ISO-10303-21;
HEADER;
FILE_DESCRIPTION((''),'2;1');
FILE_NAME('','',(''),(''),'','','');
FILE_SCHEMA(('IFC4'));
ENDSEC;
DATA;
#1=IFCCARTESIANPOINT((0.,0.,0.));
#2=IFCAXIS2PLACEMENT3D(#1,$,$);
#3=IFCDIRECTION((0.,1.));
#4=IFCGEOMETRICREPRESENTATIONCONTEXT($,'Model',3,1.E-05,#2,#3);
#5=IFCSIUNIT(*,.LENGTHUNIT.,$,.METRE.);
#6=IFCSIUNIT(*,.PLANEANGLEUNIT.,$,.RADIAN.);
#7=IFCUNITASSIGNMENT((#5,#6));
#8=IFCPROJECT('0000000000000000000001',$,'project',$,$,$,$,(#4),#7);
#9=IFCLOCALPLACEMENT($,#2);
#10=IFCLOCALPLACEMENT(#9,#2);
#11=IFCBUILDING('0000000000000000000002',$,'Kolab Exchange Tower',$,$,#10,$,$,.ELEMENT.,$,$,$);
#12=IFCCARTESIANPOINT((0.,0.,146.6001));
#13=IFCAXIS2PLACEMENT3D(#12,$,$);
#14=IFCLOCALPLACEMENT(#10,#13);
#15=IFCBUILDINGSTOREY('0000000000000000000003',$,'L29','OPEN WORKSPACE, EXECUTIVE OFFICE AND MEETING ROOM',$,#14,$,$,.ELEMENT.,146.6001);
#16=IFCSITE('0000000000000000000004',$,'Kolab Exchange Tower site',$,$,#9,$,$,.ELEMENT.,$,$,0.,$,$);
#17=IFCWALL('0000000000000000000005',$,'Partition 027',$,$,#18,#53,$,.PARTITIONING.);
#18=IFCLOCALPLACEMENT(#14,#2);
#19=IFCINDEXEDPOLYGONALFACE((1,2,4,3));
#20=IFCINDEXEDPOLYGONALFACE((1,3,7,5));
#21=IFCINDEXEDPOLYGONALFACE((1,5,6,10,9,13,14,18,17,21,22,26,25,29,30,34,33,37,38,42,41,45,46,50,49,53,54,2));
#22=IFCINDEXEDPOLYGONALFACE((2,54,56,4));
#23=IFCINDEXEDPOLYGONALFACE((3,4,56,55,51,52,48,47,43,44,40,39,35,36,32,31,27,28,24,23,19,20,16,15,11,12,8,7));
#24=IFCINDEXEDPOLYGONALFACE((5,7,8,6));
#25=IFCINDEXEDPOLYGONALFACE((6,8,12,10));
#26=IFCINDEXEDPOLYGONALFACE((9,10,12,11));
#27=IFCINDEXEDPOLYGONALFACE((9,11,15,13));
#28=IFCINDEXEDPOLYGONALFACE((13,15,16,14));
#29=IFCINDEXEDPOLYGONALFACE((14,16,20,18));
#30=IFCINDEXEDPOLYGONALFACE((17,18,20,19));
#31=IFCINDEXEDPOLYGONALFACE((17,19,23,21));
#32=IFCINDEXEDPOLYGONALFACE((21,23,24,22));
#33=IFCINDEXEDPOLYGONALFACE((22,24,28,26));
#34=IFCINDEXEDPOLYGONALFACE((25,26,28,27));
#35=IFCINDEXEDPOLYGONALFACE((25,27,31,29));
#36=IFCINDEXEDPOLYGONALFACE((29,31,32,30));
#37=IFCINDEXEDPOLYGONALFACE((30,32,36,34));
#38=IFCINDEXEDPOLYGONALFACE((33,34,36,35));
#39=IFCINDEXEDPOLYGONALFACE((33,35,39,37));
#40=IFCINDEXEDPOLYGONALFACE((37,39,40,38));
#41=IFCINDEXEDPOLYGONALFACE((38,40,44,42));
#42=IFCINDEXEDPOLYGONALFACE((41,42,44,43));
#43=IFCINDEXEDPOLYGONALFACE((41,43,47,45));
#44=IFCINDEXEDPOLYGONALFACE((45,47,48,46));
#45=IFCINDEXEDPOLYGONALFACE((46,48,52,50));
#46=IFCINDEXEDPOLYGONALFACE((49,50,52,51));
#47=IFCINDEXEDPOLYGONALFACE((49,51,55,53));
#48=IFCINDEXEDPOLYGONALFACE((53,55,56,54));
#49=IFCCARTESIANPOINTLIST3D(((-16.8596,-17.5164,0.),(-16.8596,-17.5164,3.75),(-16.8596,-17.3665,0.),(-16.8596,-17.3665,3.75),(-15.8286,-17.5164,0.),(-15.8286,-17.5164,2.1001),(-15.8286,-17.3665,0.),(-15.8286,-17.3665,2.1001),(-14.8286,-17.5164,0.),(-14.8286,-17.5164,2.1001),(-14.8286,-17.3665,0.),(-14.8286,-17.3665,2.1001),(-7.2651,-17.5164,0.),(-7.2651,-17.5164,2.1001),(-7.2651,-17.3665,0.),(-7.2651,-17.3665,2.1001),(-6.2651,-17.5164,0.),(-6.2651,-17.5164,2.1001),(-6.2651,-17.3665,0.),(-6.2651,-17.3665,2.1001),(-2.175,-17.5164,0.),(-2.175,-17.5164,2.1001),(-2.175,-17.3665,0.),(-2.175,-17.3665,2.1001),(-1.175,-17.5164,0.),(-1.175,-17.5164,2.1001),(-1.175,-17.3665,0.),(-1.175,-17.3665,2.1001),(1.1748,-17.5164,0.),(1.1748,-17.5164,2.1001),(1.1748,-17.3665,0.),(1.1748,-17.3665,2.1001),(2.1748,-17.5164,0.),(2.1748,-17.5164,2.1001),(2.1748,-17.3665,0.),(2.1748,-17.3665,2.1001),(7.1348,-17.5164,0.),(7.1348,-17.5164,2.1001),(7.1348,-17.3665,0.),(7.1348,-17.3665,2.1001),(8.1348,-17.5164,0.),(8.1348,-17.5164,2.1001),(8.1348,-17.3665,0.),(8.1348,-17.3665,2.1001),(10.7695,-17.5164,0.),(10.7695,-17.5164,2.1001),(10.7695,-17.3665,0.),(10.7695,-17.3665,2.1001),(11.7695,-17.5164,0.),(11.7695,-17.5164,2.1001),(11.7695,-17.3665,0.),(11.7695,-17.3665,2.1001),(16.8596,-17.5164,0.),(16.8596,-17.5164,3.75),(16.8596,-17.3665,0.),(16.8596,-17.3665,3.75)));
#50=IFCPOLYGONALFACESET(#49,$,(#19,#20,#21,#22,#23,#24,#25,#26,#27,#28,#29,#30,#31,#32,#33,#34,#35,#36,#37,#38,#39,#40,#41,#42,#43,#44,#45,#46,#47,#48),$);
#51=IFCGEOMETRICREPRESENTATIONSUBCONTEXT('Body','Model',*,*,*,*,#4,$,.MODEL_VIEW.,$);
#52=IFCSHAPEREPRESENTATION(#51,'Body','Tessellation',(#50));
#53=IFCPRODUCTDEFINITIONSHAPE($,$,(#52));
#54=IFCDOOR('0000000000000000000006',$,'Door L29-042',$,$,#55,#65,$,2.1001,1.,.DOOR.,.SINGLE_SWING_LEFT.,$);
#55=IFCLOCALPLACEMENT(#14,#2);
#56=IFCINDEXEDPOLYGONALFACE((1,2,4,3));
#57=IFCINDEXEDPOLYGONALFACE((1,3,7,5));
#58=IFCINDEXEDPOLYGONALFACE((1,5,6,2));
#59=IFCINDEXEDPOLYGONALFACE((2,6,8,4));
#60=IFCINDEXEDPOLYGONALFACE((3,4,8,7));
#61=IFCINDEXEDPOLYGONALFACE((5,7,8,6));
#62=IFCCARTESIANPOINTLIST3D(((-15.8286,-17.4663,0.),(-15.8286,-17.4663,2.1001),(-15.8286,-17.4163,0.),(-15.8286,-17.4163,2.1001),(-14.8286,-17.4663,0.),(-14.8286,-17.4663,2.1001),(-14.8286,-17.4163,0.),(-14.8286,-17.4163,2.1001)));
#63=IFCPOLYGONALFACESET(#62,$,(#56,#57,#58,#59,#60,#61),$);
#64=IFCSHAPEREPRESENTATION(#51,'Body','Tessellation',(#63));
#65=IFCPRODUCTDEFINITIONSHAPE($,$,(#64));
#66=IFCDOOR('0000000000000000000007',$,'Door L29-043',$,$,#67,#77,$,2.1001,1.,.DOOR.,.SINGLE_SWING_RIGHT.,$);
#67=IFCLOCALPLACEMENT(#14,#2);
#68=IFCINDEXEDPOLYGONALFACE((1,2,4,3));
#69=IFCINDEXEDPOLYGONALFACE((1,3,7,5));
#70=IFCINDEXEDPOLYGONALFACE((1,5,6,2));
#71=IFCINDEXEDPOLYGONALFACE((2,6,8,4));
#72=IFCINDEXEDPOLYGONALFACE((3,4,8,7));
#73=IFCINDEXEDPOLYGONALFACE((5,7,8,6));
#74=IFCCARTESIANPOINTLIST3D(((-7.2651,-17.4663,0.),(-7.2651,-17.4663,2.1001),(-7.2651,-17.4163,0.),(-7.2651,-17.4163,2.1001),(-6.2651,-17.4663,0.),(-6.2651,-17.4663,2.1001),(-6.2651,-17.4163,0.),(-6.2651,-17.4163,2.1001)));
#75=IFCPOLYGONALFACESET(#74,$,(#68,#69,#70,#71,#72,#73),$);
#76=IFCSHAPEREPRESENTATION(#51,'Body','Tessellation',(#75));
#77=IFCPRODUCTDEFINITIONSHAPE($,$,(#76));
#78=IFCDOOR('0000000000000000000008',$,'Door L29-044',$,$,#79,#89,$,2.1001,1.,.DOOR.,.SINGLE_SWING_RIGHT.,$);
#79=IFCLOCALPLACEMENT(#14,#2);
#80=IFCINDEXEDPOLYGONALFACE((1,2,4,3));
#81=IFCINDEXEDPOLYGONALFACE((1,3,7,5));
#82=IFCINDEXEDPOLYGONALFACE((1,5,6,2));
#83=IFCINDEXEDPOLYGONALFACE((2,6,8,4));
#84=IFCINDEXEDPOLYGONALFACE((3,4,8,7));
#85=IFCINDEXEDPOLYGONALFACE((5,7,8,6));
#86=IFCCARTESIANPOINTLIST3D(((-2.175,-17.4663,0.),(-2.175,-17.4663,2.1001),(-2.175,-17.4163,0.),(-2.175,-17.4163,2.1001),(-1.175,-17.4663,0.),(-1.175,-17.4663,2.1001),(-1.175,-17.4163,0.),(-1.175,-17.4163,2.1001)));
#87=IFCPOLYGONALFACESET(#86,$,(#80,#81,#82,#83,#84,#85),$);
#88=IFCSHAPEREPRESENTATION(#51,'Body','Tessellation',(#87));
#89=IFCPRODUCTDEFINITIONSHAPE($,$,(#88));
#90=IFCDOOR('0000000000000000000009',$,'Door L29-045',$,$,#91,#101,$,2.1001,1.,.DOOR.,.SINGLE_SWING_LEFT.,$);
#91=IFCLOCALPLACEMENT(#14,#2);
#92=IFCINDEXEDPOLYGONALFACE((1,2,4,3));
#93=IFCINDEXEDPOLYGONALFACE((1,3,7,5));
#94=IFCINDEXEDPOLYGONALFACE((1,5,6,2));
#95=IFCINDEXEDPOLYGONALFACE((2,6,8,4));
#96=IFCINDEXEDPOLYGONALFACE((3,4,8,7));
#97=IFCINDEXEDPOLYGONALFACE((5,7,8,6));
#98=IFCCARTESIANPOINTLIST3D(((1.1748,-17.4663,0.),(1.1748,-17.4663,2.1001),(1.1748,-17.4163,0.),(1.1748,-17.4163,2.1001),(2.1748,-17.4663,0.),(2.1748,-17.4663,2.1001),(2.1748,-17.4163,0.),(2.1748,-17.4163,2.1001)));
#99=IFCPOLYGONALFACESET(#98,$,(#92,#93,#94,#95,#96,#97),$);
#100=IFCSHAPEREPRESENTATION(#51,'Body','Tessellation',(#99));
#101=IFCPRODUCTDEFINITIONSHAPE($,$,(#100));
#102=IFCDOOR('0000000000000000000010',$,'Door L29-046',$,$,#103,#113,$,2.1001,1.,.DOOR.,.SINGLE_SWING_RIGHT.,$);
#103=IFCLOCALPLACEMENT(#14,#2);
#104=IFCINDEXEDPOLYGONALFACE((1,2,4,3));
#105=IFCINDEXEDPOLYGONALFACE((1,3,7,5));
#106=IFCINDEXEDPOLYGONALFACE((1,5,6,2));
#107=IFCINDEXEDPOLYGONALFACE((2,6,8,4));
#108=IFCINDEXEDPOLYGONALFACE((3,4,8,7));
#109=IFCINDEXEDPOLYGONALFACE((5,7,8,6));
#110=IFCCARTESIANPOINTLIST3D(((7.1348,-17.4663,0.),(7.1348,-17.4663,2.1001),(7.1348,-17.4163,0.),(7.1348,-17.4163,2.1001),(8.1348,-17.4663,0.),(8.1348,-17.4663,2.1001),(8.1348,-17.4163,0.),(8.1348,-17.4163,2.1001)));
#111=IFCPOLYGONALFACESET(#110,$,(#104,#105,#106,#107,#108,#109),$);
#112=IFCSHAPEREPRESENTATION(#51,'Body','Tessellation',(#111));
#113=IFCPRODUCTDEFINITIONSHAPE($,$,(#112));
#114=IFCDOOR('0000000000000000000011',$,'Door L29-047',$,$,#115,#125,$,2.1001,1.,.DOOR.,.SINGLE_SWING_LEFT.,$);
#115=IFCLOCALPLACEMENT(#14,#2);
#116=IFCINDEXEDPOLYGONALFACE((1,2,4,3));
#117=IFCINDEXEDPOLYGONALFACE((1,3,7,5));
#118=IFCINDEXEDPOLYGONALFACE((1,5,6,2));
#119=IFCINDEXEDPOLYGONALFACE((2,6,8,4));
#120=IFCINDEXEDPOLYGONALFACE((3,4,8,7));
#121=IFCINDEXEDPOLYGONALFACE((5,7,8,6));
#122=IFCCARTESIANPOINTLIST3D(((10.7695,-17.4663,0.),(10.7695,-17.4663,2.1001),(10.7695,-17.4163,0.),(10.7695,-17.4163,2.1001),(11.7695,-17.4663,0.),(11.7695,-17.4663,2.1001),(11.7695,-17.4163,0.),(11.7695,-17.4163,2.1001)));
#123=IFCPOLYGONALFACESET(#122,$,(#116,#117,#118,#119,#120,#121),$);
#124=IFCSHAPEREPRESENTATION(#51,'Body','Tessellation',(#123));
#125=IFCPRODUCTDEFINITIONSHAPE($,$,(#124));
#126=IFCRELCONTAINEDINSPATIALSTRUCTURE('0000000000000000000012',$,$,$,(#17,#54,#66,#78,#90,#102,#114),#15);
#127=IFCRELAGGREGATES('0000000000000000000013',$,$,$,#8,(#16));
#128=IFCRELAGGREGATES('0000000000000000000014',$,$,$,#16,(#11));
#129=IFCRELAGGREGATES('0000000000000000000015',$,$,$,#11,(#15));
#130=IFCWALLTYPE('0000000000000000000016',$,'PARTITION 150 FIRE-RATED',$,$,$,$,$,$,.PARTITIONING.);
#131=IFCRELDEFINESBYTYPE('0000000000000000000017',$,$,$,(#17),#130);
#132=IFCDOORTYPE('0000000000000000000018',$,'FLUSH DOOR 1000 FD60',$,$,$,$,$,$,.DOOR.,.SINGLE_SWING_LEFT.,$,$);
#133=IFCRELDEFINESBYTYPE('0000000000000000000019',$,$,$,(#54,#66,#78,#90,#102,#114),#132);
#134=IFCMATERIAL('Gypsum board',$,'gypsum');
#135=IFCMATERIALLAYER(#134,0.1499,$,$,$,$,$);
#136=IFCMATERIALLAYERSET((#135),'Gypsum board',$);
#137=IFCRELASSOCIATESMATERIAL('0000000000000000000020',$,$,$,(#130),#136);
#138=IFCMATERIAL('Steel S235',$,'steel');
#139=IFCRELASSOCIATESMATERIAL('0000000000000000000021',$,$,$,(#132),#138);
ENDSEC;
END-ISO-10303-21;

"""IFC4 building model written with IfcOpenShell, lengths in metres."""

from ifc_helpers import new_model, si_unit, direction, frame, frame_2d, origin, place, context, subcontext, project, spatial, rectangle, extrude, material, layer, layer_set, type_object, element, fill, save


model = new_model("IFC4")

# Units and contexts
model_context = context("Model", 3, precision=1e-05, world=origin(), true_north=direction((0.0, 1.0)))
body_context = subcontext(model_context, "Body", "Model", "MODEL_VIEW")
ifc_project = project(units=[si_unit("LENGTHUNIT", "METRE"), si_unit("PLANEANGLEUNIT", "RADIAN")], contexts=[model_context])

# Site, building, storey
site_placement = place(None, origin())
site = spatial("IfcSite", under=ifc_project, at=site_placement, Name="Kolab Exchange Tower site", CompositionType="ELEMENT", RefElevation=0.0)
building_placement = place(site_placement, origin())
building = spatial("IfcBuilding", under=site, at=building_placement, Name="Kolab Exchange Tower", CompositionType="ELEMENT")
storey_placement = place(building_placement, frame((0.0, 0.0, 146.6001)))
storey = spatial("IfcBuildingStorey", under=building, at=storey_placement, Name="L29", Description="OPEN WORKSPACE, EXECUTIVE OFFICE AND MEETING ROOM", CompositionType="ELEMENT", Elevation=146.6001)

# Shared definitions
ifc_material_1 = material(Name="Gypsum board", Category="gypsum")
ifc_layer_1 = layer(ifc_material_1, 0.1499)
ifc_layer_set_1 = layer_set([ifc_layer_1], Name="Gypsum board")
wall_type_1 = type_object("IfcWallType", Name="PARTITION 150 FIRE-RATED", PredefinedType="PARTITIONING", material=ifc_layer_set_1)

# Wall, openings, doors
wall_1_placement = place(storey_placement, frame((-16.8596, -17.4414, 0.0), z_axis=(0.0, 0.0, 1.0), x_axis=(1.0, 0.0, 0.0)))
wall_1 = element("IfcWall", 1, at=wall_1_placement, inside=storey, type_object=wall_type_1, Name="Partition 027", PredefinedType="PARTITIONING", context=body_context, shape_type="SweptSolid", body=[
    extrude(rectangle(XDim=33.7192, YDim=0.1499, at=frame_2d((16.8596, 0.0))), origin(), (0.0, 0.0, 1.0), 3.75),
])
opening_1_placement = place(wall_1_placement, frame((1.031, 0.0, 0.0)))
opening_1 = element("IfcOpeningElement", 2, at=opening_1_placement, cuts=wall_1, PredefinedType="OPENING", context=body_context, shape_type="SweptSolid", body=[
    extrude(rectangle(XDim=1.0, YDim=2.1001, at=frame_2d((0.5, 1.05))), frame((0.0, 0.085, 0.0), z_axis=(0.0, -1.0, 0.0), x_axis=(1.0, 0.0, 0.0)), (0.0, 0.0, 1.0), 0.1699),
])
opening_2_placement = place(wall_1_placement, frame((9.5945, 0.0, 0.0)))
opening_2 = element("IfcOpeningElement", 3, at=opening_2_placement, cuts=wall_1, PredefinedType="OPENING", context=body_context, shape_type="SweptSolid", body=[
    extrude(rectangle(XDim=1.0, YDim=2.1001, at=frame_2d((0.5, 1.05))), frame((0.0, 0.085, 0.0), z_axis=(0.0, -1.0, 0.0), x_axis=(1.0, 0.0, 0.0)), (0.0, 0.0, 1.0), 0.1699),
])
opening_3_placement = place(wall_1_placement, frame((14.6846, 0.0, 0.0)))
opening_3 = element("IfcOpeningElement", 4, at=opening_3_placement, cuts=wall_1, PredefinedType="OPENING", context=body_context, shape_type="SweptSolid", body=[
    extrude(rectangle(XDim=1.0, YDim=2.1001, at=frame_2d((0.5, 1.05))), frame((0.0, 0.085, 0.0), z_axis=(0.0, -1.0, 0.0), x_axis=(1.0, 0.0, 0.0)), (0.0, 0.0, 1.0), 0.1699),
])
opening_4_placement = place(wall_1_placement, frame((18.0344, 0.0, 0.0)))
opening_4 = element("IfcOpeningElement", 5, at=opening_4_placement, cuts=wall_1, PredefinedType="OPENING", context=body_context, shape_type="SweptSolid", body=[
    extrude(rectangle(XDim=1.0, YDim=2.1001, at=frame_2d((0.5, 1.05))), frame((0.0, 0.085, 0.0), z_axis=(0.0, -1.0, 0.0), x_axis=(1.0, 0.0, 0.0)), (0.0, 0.0, 1.0), 0.1699),
])
opening_5_placement = place(wall_1_placement, frame((23.9944, 0.0, 0.0)))
opening_5 = element("IfcOpeningElement", 6, at=opening_5_placement, cuts=wall_1, PredefinedType="OPENING", context=body_context, shape_type="SweptSolid", body=[
    extrude(rectangle(XDim=1.0, YDim=2.1001, at=frame_2d((0.5, 1.05))), frame((0.0, 0.085, 0.0), z_axis=(0.0, -1.0, 0.0), x_axis=(1.0, 0.0, 0.0)), (0.0, 0.0, 1.0), 0.1699),
])
opening_6_placement = place(wall_1_placement, frame((27.6292, 0.0, 0.0)))
opening_6 = element("IfcOpeningElement", 7, at=opening_6_placement, cuts=wall_1, PredefinedType="OPENING", context=body_context, shape_type="SweptSolid", body=[
    extrude(rectangle(XDim=1.0, YDim=2.1001, at=frame_2d((0.5, 1.05))), frame((0.0, 0.085, 0.0), z_axis=(0.0, -1.0, 0.0), x_axis=(1.0, 0.0, 0.0)), (0.0, 0.0, 1.0), 0.1699),
])
ifc_material_2 = material(Name="Steel S235", Category="steel")
door_type_1 = type_object("IfcDoorType", Name="FLUSH DOOR 1000 FD60", OperationType="SINGLE_SWING_LEFT", PredefinedType="DOOR", material=ifc_material_2)
door_1_placement = place(opening_1_placement, frame((1.0, 0.0, 0.0), z_axis=(0.0, 0.0, 1.0), x_axis=(-1.0, 0.0, 0.0)))
door_1 = element("IfcDoor", 8, at=door_1_placement, inside=storey, type_object=door_type_1, Name="Door L29-042", OperationType="SINGLE_SWING_LEFT", OverallHeight=2.1001, OverallWidth=1.0, PredefinedType="DOOR", context=body_context, shape_type="SweptSolid", body=[
    extrude(rectangle(XDim=1.0, YDim=2.1001, at=frame_2d((0.5, 1.05))), frame((0.0, 0.0249, 0.0), z_axis=(0.0, -1.0, 0.0), x_axis=(1.0, 0.0, 0.0)), (0.0, 0.0, 1.0), 0.05),
])
fill(opening_1, door_1)
door_2_placement = place(opening_2_placement, frame((1.0, 0.0, 0.0), z_axis=(0.0, 0.0, 1.0), x_axis=(-1.0, 0.0, 0.0)))
door_2 = element("IfcDoor", 9, at=door_2_placement, inside=storey, type_object=door_type_1, Name="Door L29-043", OperationType="SINGLE_SWING_RIGHT", OverallHeight=2.1001, OverallWidth=1.0, PredefinedType="DOOR", context=body_context, shape_type="SweptSolid", body=[
    extrude(rectangle(XDim=1.0, YDim=2.1001, at=frame_2d((0.5, 1.05))), frame((0.0, 0.0249, 0.0), z_axis=(0.0, -1.0, 0.0), x_axis=(1.0, 0.0, 0.0)), (0.0, 0.0, 1.0), 0.05),
])
fill(opening_2, door_2)
door_3_placement = place(opening_3_placement, frame((1.0, 0.0, 0.0), z_axis=(0.0, 0.0, 1.0), x_axis=(-1.0, 0.0, 0.0)))
door_3 = element("IfcDoor", 10, at=door_3_placement, inside=storey, type_object=door_type_1, Name="Door L29-044", OperationType="SINGLE_SWING_RIGHT", OverallHeight=2.1001, OverallWidth=1.0, PredefinedType="DOOR", context=body_context, shape_type="SweptSolid", body=[
    extrude(rectangle(XDim=1.0, YDim=2.1001, at=frame_2d((0.5, 1.05))), frame((0.0, 0.0249, 0.0), z_axis=(0.0, -1.0, 0.0), x_axis=(1.0, 0.0, 0.0)), (0.0, 0.0, 1.0), 0.05),
])
fill(opening_3, door_3)
door_4_placement = place(opening_4_placement, frame((1.0, 0.0, 0.0), z_axis=(0.0, 0.0, 1.0), x_axis=(-1.0, 0.0, 0.0)))
door_4 = element("IfcDoor", 11, at=door_4_placement, inside=storey, type_object=door_type_1, Name="Door L29-045", OperationType="SINGLE_SWING_LEFT", OverallHeight=2.1001, OverallWidth=1.0, PredefinedType="DOOR", context=body_context, shape_type="SweptSolid", body=[
    extrude(rectangle(XDim=1.0, YDim=2.1001, at=frame_2d((0.5, 1.05))), frame((0.0, 0.0249, 0.0), z_axis=(0.0, -1.0, 0.0), x_axis=(1.0, 0.0, 0.0)), (0.0, 0.0, 1.0), 0.05),
])
fill(opening_4, door_4)
door_5_placement = place(opening_5_placement, frame((1.0, 0.0, 0.0), z_axis=(0.0, 0.0, 1.0), x_axis=(-1.0, 0.0, 0.0)))
door_5 = element("IfcDoor", 12, at=door_5_placement, inside=storey, type_object=door_type_1, Name="Door L29-046", OperationType="SINGLE_SWING_RIGHT", OverallHeight=2.1001, OverallWidth=1.0, PredefinedType="DOOR", context=body_context, shape_type="SweptSolid", body=[
    extrude(rectangle(XDim=1.0, YDim=2.1001, at=frame_2d((0.5, 1.05))), frame((0.0, 0.0249, 0.0), z_axis=(0.0, -1.0, 0.0), x_axis=(1.0, 0.0, 0.0)), (0.0, 0.0, 1.0), 0.05),
])
fill(opening_5, door_5)
door_6_placement = place(opening_6_placement, frame((1.0, 0.0, 0.0), z_axis=(0.0, 0.0, 1.0), x_axis=(-1.0, 0.0, 0.0)))
door_6 = element("IfcDoor", 13, at=door_6_placement, inside=storey, type_object=door_type_1, Name="Door L29-047", OperationType="SINGLE_SWING_LEFT", OverallHeight=2.1001, OverallWidth=1.0, PredefinedType="DOOR", context=body_context, shape_type="SweptSolid", body=[
    extrude(rectangle(XDim=1.0, YDim=2.1001, at=frame_2d((0.5, 1.05))), frame((0.0, 0.0249, 0.0), z_axis=(0.0, -1.0, 0.0), x_axis=(1.0, 0.0, 0.0)), (0.0, 0.0, 1.0), 0.05),
])
fill(opening_6, door_6)

save(model, "model.ifc")
